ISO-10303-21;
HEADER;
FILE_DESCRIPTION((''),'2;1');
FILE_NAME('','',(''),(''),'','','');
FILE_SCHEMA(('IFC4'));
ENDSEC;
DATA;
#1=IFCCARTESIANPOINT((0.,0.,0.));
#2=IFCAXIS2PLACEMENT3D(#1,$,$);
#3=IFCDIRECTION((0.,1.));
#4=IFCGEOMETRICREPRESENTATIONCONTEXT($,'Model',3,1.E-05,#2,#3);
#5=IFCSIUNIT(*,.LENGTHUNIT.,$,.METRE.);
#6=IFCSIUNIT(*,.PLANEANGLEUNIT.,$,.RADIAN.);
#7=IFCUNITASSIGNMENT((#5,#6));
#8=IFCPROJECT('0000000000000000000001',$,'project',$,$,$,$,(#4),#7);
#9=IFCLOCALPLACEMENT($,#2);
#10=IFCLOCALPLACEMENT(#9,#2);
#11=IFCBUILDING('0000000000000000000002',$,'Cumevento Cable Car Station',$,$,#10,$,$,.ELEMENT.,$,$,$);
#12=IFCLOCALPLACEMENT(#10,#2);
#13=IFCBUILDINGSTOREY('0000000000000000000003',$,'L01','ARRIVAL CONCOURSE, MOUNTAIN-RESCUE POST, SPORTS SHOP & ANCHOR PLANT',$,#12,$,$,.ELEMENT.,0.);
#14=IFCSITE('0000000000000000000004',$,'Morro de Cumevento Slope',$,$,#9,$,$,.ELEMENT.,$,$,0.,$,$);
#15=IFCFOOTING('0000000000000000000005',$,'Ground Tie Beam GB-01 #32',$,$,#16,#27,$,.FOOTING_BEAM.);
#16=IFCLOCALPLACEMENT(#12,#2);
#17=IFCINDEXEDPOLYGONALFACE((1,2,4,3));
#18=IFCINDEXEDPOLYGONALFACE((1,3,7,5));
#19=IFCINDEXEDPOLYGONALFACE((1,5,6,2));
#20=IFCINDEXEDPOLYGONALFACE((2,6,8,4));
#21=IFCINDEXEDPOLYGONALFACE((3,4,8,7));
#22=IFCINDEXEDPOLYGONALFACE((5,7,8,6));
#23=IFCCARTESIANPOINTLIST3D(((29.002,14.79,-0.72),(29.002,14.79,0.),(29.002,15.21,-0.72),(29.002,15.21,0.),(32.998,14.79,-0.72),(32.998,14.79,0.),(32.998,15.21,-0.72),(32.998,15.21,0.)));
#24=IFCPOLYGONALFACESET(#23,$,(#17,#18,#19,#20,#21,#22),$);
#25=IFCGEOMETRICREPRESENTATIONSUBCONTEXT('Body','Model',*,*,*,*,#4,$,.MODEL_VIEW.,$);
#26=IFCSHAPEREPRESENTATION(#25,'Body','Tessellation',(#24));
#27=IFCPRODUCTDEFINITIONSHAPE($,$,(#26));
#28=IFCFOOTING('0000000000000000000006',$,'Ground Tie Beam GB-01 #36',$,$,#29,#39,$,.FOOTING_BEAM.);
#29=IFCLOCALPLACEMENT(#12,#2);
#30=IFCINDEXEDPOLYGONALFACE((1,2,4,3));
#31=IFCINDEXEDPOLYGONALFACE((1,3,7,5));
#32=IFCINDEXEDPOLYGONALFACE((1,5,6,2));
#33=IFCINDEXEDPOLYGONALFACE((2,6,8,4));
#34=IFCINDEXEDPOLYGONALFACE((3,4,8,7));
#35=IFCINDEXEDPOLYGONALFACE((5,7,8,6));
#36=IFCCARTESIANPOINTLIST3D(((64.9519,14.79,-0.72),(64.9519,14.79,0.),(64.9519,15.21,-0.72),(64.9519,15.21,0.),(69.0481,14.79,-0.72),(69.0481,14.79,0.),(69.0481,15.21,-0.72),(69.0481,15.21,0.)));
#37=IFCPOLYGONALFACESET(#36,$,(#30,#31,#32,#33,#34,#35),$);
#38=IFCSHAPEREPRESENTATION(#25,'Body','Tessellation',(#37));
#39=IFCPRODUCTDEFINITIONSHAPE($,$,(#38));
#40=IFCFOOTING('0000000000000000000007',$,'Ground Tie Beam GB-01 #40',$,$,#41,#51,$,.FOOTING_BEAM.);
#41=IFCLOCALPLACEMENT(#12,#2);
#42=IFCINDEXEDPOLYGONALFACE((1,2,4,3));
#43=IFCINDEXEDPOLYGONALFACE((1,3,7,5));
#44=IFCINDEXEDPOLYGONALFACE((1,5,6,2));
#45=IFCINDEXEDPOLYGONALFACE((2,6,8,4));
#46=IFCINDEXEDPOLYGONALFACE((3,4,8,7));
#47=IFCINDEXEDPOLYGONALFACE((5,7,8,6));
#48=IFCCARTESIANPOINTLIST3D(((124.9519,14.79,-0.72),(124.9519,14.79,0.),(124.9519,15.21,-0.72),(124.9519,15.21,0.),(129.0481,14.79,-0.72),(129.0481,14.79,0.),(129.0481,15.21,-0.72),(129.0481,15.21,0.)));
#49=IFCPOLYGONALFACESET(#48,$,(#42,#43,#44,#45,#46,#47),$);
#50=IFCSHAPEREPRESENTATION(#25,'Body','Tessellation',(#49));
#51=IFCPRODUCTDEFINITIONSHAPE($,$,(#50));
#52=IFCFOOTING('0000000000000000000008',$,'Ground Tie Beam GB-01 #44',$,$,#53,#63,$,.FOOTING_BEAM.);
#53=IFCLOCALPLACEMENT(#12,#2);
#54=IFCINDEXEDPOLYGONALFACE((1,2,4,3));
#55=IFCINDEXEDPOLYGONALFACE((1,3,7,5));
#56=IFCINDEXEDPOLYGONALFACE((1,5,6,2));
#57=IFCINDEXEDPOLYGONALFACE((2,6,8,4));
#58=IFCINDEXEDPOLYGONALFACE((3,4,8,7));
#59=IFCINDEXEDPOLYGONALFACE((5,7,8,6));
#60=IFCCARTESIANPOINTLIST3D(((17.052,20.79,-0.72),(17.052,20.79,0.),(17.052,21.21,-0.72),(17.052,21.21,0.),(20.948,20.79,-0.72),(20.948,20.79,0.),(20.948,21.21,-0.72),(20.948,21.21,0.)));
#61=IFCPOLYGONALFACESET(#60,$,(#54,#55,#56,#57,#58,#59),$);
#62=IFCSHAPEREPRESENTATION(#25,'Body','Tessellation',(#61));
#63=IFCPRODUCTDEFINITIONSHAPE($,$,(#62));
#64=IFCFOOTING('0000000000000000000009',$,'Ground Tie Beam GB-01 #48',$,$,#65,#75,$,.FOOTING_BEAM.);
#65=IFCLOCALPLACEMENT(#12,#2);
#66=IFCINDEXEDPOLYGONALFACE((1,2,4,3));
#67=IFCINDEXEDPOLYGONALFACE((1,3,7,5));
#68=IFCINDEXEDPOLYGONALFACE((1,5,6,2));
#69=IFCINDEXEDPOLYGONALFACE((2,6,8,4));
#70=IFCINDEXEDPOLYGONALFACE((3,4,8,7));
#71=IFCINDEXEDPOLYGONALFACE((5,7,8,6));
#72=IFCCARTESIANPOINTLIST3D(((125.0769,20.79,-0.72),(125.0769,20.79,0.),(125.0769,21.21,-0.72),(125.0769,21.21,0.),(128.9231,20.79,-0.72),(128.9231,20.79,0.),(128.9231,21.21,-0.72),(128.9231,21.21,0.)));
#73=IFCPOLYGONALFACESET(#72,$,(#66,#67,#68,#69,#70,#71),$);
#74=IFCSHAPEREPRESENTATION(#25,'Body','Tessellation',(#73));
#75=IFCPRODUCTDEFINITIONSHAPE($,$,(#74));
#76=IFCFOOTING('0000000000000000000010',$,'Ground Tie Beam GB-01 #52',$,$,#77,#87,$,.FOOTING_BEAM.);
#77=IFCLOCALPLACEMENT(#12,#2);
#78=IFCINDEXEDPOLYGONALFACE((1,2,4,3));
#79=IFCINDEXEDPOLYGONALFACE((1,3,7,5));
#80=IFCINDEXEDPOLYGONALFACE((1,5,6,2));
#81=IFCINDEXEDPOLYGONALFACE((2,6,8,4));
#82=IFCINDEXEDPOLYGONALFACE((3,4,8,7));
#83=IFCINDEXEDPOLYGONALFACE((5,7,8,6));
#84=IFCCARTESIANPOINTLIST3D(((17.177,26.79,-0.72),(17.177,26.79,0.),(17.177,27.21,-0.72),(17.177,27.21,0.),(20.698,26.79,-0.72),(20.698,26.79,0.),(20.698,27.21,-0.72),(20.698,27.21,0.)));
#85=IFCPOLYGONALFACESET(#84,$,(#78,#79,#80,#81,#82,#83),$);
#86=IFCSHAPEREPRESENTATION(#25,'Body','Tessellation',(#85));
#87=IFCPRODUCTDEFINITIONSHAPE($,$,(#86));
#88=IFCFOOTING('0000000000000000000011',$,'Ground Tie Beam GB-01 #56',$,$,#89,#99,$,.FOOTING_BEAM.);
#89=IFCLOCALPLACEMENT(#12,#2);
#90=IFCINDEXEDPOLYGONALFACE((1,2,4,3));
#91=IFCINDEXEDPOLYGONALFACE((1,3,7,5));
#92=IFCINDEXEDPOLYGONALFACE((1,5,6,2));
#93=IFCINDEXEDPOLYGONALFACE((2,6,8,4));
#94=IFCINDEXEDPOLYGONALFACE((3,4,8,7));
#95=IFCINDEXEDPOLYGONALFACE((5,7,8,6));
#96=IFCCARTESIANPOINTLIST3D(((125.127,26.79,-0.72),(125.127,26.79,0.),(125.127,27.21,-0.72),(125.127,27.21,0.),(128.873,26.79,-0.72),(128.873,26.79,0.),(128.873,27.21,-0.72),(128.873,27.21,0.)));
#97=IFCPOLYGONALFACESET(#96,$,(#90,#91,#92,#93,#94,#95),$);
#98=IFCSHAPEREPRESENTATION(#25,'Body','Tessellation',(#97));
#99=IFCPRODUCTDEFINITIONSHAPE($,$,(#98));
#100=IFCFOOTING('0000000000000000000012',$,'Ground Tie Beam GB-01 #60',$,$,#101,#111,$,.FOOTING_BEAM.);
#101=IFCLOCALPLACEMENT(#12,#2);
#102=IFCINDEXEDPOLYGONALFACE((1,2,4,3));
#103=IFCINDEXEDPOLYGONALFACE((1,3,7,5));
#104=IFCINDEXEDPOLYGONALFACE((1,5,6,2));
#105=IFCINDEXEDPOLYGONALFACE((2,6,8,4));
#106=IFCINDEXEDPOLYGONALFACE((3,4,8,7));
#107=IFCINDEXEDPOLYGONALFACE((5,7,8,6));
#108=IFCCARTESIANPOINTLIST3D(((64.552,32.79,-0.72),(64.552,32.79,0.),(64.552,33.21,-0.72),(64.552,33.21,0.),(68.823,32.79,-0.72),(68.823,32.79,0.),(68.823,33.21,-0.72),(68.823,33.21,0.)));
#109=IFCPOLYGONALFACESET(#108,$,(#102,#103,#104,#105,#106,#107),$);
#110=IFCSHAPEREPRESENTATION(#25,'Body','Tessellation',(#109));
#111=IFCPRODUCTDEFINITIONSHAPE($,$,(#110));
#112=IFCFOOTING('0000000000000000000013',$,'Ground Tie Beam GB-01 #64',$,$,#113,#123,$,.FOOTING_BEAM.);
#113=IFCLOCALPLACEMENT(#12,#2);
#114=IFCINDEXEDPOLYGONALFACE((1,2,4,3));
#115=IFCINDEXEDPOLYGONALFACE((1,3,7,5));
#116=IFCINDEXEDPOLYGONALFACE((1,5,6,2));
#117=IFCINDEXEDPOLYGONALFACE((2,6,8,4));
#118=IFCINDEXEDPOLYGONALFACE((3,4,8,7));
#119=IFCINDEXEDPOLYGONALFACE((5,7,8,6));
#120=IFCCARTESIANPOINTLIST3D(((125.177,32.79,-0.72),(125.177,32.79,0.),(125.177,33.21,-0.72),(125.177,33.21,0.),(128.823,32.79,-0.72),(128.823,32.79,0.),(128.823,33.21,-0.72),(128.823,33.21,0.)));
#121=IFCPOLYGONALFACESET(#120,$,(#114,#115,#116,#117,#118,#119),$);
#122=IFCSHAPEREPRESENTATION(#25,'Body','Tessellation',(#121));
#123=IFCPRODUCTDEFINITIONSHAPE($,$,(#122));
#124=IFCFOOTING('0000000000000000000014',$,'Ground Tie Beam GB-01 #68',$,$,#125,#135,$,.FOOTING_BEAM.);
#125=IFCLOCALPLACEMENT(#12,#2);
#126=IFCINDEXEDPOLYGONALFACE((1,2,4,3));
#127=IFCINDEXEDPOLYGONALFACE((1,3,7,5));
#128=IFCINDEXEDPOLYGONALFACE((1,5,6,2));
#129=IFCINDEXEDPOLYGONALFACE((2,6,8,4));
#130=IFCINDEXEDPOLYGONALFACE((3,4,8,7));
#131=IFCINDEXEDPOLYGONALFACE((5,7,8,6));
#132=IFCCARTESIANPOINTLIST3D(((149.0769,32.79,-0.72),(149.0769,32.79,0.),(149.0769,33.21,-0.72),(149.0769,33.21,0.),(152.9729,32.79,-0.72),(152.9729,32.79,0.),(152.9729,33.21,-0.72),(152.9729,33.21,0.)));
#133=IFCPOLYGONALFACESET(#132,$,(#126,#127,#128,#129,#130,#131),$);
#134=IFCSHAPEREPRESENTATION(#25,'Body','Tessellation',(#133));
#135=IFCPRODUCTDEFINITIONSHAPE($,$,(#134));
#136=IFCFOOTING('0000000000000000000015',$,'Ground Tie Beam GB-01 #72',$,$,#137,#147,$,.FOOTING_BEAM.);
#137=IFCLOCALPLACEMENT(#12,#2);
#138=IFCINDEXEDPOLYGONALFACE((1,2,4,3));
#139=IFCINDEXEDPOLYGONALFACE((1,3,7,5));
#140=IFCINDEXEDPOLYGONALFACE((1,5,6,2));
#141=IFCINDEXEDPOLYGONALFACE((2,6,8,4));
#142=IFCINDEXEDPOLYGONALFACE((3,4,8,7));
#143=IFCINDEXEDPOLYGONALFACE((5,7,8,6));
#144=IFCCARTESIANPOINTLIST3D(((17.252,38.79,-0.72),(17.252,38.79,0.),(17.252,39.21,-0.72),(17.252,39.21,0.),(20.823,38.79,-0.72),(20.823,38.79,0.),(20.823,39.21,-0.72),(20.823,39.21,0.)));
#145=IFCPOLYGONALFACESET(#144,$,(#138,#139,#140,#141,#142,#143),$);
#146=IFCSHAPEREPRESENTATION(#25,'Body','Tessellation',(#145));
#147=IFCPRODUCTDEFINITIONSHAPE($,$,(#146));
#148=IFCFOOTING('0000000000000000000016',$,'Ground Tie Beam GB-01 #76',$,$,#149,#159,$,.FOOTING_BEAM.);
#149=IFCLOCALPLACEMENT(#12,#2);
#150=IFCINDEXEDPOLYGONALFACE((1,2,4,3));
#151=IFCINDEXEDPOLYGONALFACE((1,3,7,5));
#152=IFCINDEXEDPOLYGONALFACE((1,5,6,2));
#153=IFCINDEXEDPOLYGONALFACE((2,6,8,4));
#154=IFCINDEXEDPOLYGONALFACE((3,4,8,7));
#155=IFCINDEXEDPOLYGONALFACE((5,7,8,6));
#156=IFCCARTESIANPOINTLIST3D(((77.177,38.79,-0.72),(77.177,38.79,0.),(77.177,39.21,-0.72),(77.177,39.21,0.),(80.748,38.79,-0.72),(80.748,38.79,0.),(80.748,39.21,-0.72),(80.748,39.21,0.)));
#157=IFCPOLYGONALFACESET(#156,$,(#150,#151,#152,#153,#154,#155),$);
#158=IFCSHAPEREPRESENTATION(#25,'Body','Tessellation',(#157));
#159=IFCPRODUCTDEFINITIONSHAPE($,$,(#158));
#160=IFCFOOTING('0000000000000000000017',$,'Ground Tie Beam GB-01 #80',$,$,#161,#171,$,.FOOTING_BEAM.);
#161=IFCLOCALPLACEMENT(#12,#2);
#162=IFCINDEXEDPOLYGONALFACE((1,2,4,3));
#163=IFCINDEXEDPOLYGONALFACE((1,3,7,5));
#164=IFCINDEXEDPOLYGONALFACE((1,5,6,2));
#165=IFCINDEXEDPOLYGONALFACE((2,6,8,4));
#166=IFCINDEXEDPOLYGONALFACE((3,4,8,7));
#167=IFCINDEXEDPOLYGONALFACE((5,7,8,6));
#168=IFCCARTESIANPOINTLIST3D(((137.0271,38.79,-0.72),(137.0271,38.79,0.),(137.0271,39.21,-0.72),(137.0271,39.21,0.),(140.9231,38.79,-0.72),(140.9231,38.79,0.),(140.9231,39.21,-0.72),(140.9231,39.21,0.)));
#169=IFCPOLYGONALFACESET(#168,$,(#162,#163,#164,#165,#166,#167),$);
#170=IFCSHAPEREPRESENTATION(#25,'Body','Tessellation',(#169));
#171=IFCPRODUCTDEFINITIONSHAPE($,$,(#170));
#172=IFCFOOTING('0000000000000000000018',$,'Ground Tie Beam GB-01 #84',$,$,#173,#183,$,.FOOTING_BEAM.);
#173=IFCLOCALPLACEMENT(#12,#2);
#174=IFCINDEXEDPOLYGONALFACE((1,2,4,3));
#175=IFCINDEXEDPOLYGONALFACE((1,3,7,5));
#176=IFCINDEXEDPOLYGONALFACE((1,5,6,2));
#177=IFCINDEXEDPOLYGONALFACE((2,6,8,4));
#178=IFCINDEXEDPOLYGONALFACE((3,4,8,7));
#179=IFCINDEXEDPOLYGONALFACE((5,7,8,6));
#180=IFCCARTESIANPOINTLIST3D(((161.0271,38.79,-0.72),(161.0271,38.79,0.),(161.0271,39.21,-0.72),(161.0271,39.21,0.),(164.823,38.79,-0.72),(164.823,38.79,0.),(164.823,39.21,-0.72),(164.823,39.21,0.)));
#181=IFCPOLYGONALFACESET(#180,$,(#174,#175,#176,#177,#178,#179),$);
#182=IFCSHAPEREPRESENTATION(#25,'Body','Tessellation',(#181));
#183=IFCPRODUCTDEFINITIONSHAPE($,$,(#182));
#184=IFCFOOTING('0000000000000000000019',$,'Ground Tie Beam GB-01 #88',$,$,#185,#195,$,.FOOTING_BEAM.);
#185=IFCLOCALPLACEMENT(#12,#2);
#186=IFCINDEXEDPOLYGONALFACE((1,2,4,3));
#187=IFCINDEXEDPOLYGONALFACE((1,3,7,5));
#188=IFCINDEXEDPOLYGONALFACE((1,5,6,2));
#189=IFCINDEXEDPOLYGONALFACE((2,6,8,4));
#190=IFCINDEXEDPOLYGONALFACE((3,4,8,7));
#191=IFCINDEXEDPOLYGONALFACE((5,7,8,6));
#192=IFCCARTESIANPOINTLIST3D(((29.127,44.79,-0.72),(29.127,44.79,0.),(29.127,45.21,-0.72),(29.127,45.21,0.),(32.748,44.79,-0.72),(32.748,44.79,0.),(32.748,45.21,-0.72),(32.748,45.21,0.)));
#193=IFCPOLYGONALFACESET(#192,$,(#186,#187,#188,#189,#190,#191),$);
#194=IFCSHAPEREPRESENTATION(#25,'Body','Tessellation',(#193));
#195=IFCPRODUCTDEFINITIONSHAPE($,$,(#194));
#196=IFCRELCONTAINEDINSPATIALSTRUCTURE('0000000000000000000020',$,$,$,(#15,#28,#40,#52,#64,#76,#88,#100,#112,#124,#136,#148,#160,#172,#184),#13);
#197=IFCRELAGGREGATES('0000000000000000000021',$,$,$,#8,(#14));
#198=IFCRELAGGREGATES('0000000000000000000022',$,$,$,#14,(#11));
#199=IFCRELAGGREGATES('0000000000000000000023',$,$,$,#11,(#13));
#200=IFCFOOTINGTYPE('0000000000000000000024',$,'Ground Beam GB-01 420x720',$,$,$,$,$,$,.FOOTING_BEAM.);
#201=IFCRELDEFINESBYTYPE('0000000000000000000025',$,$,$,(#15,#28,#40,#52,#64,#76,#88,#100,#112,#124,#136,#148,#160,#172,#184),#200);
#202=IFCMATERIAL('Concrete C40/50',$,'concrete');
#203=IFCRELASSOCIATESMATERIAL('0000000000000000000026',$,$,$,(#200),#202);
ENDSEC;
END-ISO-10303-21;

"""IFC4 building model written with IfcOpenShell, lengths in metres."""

from ifc_helpers import new_model, si_unit, direction, frame, origin, place, context, subcontext, project, spatial, polyline, outline, extrude, material, type_object, element, save


model = new_model("IFC4")

# Units and contexts
model_context = context("Model", 3, precision=1e-05, world=origin(), true_north=direction((0.0, 1.0)))
body_context = subcontext(model_context, "Body", "Model", "MODEL_VIEW")
ifc_project = project(units=[si_unit("LENGTHUNIT", "METRE"), si_unit("PLANEANGLEUNIT", "RADIAN")], contexts=[model_context])

# Site, building, storey
site_placement = place(None, origin())
site = spatial("IfcSite", under=ifc_project, at=site_placement, Name="Morro de Cumevento Slope", CompositionType="ELEMENT", RefElevation=0.0)
building_placement = place(site_placement, origin())
building = spatial("IfcBuilding", under=site, at=building_placement, Name="Cumevento Cable Car Station", CompositionType="ELEMENT")
storey_placement = place(building_placement, origin())
storey = spatial("IfcBuildingStorey", under=building, at=storey_placement, Name="L01", Description="ARRIVAL CONCOURSE, MOUNTAIN-RESCUE POST, SPORTS SHOP & ANCHOR PLANT", CompositionType="ELEMENT", Elevation=0.0)

# Footings
ifc_material = material(Name="Concrete C40/50", Category="concrete")
footing_type = type_object("IfcFootingType", Name="Ground Beam GB-01 420x720", PredefinedType="FOOTING_BEAM", material=ifc_material)
footing_1_placement = place(storey_placement, frame((0.0, 0.0, -0.72)))
element("IfcFooting", 1, at=footing_1_placement, inside=storey, type_object=footing_type, Name="Ground Tie Beam GB-01 #32", PredefinedType="FOOTING_BEAM", context=body_context, shape_type="SweptSolid", body=[
    extrude(outline(polyline([(29.002, 14.79), (32.998, 14.79), (32.998, 15.21), (29.002, 15.21), (29.002, 14.79)])), origin(), (0.0, 0.0, 1.0), 0.72),
])
footing_2_placement = place(storey_placement, frame((0.0, 0.0, -0.72)))
element("IfcFooting", 2, at=footing_2_placement, inside=storey, type_object=footing_type, Name="Ground Tie Beam GB-01 #36", PredefinedType="FOOTING_BEAM", context=body_context, shape_type="SweptSolid", body=[
    extrude(outline(polyline([(64.9519, 14.79), (69.0481, 14.79), (69.0481, 15.21), (64.9519, 15.21), (64.9519, 14.79)])), origin(), (0.0, 0.0, 1.0), 0.72),
])
footing_3_placement = place(storey_placement, frame((0.0, 0.0, -0.72)))
element("IfcFooting", 3, at=footing_3_placement, inside=storey, type_object=footing_type, Name="Ground Tie Beam GB-01 #40", PredefinedType="FOOTING_BEAM", context=body_context, shape_type="SweptSolid", body=[
    extrude(outline(polyline([(124.9519, 14.79), (129.0481, 14.79), (129.0481, 15.21), (124.9519, 15.21), (124.9519, 14.79)])), origin(), (0.0, 0.0, 1.0), 0.72),
])
footing_4_placement = place(storey_placement, frame((0.0, 0.0, -0.72)))
element("IfcFooting", 4, at=footing_4_placement, inside=storey, type_object=footing_type, Name="Ground Tie Beam GB-01 #44", PredefinedType="FOOTING_BEAM", context=body_context, shape_type="SweptSolid", body=[
    extrude(outline(polyline([(17.052, 20.79), (20.948, 20.79), (20.948, 21.21), (17.052, 21.21), (17.052, 20.79)])), origin(), (0.0, 0.0, 1.0), 0.72),
])
footing_5_placement = place(storey_placement, frame((0.0, 0.0, -0.72)))
element("IfcFooting", 5, at=footing_5_placement, inside=storey, type_object=footing_type, Name="Ground Tie Beam GB-01 #48", PredefinedType="FOOTING_BEAM", context=body_context, shape_type="SweptSolid", body=[
    extrude(outline(polyline([(125.0769, 20.79), (128.9231, 20.79), (128.9231, 21.21), (125.0769, 21.21), (125.0769, 20.79)])), origin(), (0.0, 0.0, 1.0), 0.72),
])
footing_6_placement = place(storey_placement, frame((0.0, 0.0, -0.72)))
element("IfcFooting", 6, at=footing_6_placement, inside=storey, type_object=footing_type, Name="Ground Tie Beam GB-01 #52", PredefinedType="FOOTING_BEAM", context=body_context, shape_type="SweptSolid", body=[
    extrude(outline(polyline([(17.177, 26.79), (20.698, 26.79), (20.698, 27.21), (17.177, 27.21), (17.177, 26.79)])), origin(), (0.0, 0.0, 1.0), 0.72),
])
footing_7_placement = place(storey_placement, frame((0.0, 0.0, -0.72)))
element("IfcFooting", 7, at=footing_7_placement, inside=storey, type_object=footing_type, Name="Ground Tie Beam GB-01 #56", PredefinedType="FOOTING_BEAM", context=body_context, shape_type="SweptSolid", body=[
    extrude(outline(polyline([(125.127, 26.79), (128.873, 26.79), (128.873, 27.21), (125.127, 27.21), (125.127, 26.79)])), origin(), (0.0, 0.0, 1.0), 0.72),
])
footing_8_placement = place(storey_placement, frame((0.0, 0.0, -0.72)))
element("IfcFooting", 8, at=footing_8_placement, inside=storey, type_object=footing_type, Name="Ground Tie Beam GB-01 #60", PredefinedType="FOOTING_BEAM", context=body_context, shape_type="SweptSolid", body=[
    extrude(outline(polyline([(64.552, 32.79), (68.823, 32.79), (68.823, 33.21), (64.552, 33.21), (64.552, 32.79)])), origin(), (0.0, 0.0, 1.0), 0.72),
])
footing_9_placement = place(storey_placement, frame((0.0, 0.0, -0.72)))
element("IfcFooting", 9, at=footing_9_placement, inside=storey, type_object=footing_type, Name="Ground Tie Beam GB-01 #64", PredefinedType="FOOTING_BEAM", context=body_context, shape_type="SweptSolid", body=[
    extrude(outline(polyline([(125.177, 32.79), (128.823, 32.79), (128.823, 33.21), (125.177, 33.21), (125.177, 32.79)])), origin(), (0.0, 0.0, 1.0), 0.72),
])
footing_10_placement = place(storey_placement, frame((0.0, 0.0, -0.72)))
element("IfcFooting", 10, at=footing_10_placement, inside=storey, type_object=footing_type, Name="Ground Tie Beam GB-01 #68", PredefinedType="FOOTING_BEAM", context=body_context, shape_type="SweptSolid", body=[
    extrude(outline(polyline([(149.0769, 32.79), (152.9729, 32.79), (152.9729, 33.21), (149.0769, 33.21), (149.0769, 32.79)])), origin(), (0.0, 0.0, 1.0), 0.72),
])
footing_11_placement = place(storey_placement, frame((0.0, 0.0, -0.72)))
element("IfcFooting", 11, at=footing_11_placement, inside=storey, type_object=footing_type, Name="Ground Tie Beam GB-01 #72", PredefinedType="FOOTING_BEAM", context=body_context, shape_type="SweptSolid", body=[
    extrude(outline(polyline([(17.252, 38.79), (20.823, 38.79), (20.823, 39.21), (17.252, 39.21), (17.252, 38.79)])), origin(), (0.0, 0.0, 1.0), 0.72),
])
footing_12_placement = place(storey_placement, frame((0.0, 0.0, -0.72)))
element("IfcFooting", 12, at=footing_12_placement, inside=storey, type_object=footing_type, Name="Ground Tie Beam GB-01 #76", PredefinedType="FOOTING_BEAM", context=body_context, shape_type="SweptSolid", body=[
    extrude(outline(polyline([(77.177, 38.79), (80.748, 38.79), (80.748, 39.21), (77.177, 39.21), (77.177, 38.79)])), origin(), (0.0, 0.0, 1.0), 0.72),
])
footing_13_placement = place(storey_placement, frame((0.0, 0.0, -0.72)))
element("IfcFooting", 13, at=footing_13_placement, inside=storey, type_object=footing_type, Name="Ground Tie Beam GB-01 #80", PredefinedType="FOOTING_BEAM", context=body_context, shape_type="SweptSolid", body=[
    extrude(outline(polyline([(137.0271, 38.79), (140.9231, 38.79), (140.9231, 39.21), (137.0271, 39.21), (137.0271, 38.79)])), origin(), (0.0, 0.0, 1.0), 0.72),
])
footing_14_placement = place(storey_placement, frame((0.0, 0.0, -0.72)))
element("IfcFooting", 14, at=footing_14_placement, inside=storey, type_object=footing_type, Name="Ground Tie Beam GB-01 #84", PredefinedType="FOOTING_BEAM", context=body_context, shape_type="SweptSolid", body=[
    extrude(outline(polyline([(161.0271, 38.79), (164.823, 38.79), (164.823, 39.21), (161.0271, 39.21), (161.0271, 38.79)])), origin(), (0.0, 0.0, 1.0), 0.72),
])
footing_15_placement = place(storey_placement, frame((0.0, 0.0, -0.72)))
element("IfcFooting", 15, at=footing_15_placement, inside=storey, type_object=footing_type, Name="Ground Tie Beam GB-01 #88", PredefinedType="FOOTING_BEAM", context=body_context, shape_type="SweptSolid", body=[
    extrude(outline(polyline([(29.127, 44.79), (32.748, 44.79), (32.748, 45.21), (29.127, 45.21), (29.127, 44.79)])), origin(), (0.0, 0.0, 1.0), 0.72),
])

save(model, "model.ifc")
